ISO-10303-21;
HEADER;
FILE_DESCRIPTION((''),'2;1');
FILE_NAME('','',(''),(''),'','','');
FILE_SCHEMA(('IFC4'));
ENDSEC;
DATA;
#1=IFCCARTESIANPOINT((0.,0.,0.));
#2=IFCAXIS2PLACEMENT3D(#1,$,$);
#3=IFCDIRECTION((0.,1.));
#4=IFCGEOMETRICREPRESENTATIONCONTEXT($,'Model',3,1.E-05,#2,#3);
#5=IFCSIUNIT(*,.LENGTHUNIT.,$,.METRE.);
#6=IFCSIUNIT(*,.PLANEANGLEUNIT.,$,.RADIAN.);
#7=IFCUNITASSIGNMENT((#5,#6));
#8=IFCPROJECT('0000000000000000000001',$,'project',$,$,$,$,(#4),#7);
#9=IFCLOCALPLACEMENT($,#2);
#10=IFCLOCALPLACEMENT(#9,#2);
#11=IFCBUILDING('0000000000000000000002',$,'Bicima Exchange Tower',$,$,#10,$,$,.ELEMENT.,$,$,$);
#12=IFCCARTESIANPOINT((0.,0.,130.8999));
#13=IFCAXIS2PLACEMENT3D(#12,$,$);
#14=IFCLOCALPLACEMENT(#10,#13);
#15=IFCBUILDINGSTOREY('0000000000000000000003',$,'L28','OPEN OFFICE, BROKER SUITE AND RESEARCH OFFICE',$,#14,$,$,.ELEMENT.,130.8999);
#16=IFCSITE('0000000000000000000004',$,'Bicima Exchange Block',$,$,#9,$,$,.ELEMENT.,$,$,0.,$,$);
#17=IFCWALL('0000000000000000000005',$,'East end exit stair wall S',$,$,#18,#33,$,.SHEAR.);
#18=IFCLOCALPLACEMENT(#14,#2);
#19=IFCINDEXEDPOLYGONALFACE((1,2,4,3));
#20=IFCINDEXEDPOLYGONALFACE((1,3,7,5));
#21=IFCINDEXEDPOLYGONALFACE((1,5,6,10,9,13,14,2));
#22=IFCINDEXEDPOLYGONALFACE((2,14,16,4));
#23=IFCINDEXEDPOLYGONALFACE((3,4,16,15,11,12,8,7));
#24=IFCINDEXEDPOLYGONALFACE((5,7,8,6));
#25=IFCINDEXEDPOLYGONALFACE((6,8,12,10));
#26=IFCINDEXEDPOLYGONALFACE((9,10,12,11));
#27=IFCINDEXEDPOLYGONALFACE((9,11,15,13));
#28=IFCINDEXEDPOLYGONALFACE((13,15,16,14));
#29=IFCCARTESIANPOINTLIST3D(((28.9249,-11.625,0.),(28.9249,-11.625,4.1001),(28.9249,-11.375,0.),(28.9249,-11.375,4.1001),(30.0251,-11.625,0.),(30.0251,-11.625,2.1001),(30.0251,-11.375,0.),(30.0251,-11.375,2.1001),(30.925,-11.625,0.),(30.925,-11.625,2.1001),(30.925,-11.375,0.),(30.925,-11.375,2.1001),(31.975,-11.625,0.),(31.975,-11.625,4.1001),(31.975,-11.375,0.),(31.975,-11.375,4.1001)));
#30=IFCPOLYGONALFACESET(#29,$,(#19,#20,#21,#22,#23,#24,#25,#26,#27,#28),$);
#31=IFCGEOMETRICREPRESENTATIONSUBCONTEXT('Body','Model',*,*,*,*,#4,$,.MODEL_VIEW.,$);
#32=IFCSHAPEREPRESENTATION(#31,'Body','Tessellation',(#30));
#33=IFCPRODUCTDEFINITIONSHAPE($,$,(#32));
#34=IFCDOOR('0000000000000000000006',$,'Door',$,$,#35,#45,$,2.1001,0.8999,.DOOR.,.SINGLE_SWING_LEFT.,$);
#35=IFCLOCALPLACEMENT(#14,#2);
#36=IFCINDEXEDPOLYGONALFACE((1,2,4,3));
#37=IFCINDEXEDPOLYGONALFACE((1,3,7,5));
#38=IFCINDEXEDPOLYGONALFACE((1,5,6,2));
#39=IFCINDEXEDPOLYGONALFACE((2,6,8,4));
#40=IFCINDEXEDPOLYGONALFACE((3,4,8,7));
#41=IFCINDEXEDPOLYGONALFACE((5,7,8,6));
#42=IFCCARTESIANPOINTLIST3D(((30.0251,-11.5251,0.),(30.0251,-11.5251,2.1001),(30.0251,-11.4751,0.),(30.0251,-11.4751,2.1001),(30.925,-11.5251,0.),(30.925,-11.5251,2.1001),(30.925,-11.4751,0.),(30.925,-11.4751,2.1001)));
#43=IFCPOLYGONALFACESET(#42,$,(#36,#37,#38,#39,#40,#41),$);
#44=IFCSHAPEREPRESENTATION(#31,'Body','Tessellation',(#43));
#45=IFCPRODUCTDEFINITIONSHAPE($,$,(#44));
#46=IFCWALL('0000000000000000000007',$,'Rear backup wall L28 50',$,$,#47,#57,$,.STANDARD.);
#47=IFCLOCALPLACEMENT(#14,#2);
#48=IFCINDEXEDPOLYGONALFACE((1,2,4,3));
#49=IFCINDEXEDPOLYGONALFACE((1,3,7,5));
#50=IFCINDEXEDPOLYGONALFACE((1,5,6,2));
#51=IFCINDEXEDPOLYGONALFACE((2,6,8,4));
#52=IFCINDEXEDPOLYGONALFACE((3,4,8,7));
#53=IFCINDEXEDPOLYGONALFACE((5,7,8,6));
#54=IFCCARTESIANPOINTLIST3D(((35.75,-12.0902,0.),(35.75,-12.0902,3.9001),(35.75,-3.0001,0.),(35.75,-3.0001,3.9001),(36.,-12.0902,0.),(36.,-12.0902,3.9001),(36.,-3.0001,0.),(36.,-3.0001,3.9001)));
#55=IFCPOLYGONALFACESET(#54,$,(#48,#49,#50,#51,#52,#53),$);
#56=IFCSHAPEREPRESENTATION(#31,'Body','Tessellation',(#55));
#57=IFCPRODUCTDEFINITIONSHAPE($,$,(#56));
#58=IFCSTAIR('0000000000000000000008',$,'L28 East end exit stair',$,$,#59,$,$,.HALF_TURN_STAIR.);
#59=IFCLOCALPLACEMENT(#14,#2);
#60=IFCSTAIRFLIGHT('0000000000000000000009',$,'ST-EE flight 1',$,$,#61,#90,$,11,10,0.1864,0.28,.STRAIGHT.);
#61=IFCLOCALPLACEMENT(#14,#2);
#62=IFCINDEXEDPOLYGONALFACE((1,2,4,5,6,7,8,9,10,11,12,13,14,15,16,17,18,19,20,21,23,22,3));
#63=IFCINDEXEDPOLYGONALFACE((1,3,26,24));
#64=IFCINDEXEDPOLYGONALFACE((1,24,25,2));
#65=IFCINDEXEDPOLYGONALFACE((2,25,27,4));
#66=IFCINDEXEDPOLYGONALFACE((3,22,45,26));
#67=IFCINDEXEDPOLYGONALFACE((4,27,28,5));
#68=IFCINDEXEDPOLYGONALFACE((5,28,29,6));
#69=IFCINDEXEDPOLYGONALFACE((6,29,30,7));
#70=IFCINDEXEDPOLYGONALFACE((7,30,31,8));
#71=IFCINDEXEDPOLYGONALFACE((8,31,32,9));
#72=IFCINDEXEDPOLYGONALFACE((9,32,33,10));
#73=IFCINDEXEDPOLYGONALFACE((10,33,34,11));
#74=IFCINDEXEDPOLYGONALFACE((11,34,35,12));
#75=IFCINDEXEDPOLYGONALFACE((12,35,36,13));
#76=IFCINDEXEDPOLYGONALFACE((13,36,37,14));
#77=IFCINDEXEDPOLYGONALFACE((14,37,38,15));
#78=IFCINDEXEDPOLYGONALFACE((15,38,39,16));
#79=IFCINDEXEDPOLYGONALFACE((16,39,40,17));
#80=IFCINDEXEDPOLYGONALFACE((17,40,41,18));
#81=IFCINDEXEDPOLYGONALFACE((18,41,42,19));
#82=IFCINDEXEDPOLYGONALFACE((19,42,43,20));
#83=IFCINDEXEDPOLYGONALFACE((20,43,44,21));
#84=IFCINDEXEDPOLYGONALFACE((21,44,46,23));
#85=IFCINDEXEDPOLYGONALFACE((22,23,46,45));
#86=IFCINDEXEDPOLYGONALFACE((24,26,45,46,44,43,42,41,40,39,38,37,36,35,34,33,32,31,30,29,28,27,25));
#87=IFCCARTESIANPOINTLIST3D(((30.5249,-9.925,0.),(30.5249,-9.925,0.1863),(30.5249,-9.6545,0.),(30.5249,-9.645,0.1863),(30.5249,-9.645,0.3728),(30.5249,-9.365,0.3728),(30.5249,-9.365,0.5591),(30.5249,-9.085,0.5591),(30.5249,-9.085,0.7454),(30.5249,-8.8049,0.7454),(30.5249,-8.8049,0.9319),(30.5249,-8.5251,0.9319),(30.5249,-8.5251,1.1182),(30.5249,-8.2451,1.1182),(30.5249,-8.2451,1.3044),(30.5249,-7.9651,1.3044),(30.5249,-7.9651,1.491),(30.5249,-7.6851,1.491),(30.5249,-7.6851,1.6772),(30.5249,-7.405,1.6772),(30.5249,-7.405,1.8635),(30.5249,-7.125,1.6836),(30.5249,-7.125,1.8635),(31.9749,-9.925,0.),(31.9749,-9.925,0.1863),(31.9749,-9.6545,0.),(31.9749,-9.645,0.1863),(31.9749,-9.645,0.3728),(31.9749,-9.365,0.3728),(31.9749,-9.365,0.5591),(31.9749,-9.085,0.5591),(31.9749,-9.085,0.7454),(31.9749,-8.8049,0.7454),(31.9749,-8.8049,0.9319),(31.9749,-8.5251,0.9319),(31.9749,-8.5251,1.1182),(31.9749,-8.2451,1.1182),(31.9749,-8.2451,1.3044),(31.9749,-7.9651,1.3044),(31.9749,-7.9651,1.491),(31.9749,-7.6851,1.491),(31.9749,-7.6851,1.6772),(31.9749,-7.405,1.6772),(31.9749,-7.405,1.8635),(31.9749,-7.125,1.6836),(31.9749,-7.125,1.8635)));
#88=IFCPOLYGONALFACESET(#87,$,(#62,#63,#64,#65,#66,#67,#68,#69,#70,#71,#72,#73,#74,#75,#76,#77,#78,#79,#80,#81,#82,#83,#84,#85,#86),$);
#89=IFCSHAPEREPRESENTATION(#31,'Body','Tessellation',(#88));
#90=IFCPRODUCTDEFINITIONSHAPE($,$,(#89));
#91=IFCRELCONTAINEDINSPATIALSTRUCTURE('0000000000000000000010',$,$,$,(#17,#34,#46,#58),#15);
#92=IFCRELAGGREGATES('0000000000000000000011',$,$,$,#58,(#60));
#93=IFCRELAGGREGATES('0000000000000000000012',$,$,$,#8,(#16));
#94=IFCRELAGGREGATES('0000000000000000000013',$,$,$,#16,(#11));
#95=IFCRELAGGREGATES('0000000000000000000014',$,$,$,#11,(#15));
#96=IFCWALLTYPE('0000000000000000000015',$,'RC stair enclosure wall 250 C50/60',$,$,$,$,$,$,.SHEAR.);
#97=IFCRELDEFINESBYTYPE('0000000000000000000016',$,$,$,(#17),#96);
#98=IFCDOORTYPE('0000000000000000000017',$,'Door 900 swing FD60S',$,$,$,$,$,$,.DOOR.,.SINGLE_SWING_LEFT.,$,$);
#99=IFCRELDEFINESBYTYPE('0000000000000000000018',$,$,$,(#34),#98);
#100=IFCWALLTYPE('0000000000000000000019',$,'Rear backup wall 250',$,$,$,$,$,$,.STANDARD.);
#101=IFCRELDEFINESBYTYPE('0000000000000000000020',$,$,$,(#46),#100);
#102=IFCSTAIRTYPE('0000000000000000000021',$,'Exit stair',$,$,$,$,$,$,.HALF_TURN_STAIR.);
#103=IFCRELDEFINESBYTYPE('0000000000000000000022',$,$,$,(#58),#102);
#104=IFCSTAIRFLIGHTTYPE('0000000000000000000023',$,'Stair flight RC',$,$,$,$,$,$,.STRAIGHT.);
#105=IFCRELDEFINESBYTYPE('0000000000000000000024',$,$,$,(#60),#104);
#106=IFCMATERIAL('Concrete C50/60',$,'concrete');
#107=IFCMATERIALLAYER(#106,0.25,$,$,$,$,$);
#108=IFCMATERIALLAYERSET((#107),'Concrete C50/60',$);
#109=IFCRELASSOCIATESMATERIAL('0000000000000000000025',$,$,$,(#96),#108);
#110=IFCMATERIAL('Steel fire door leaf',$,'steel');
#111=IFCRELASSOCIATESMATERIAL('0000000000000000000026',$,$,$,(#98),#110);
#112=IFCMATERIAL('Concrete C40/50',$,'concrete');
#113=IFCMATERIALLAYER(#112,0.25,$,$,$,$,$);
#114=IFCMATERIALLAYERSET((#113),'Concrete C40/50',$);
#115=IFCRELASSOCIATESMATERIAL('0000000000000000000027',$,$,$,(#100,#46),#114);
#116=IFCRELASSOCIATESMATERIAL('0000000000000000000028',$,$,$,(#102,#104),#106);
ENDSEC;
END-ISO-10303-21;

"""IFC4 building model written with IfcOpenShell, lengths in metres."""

from ifc_helpers import new_model, si_unit, direction, frame, frame_2d, origin, place, context, subcontext, project, spatial, polyline, rectangle, outline, extrude, material, layer, layer_set, layer_usage, type_object, element, fill, aggregate, save


model = new_model("IFC4")

# Units and contexts
model_context = context("Model", 3, precision=1e-05, world=origin(), true_north=direction((0.0, 1.0)))
body_context = subcontext(model_context, "Body", "Model", "MODEL_VIEW")
ifc_project = project(units=[si_unit("LENGTHUNIT", "METRE"), si_unit("PLANEANGLEUNIT", "RADIAN")], contexts=[model_context])

# Site, building, storey
site_placement = place(None, origin())
site = spatial("IfcSite", under=ifc_project, at=site_placement, Name="Bicima Exchange Block", CompositionType="ELEMENT", RefElevation=0.0)
building_placement = place(site_placement, origin())
building = spatial("IfcBuilding", under=site, at=building_placement, Name="Bicima Exchange Tower", CompositionType="ELEMENT")
storey_placement = place(building_placement, frame((0.0, 0.0, 130.8999)))
storey = spatial("IfcBuildingStorey", under=building, at=storey_placement, Name="L28", Description="OPEN OFFICE, BROKER SUITE AND RESEARCH OFFICE", CompositionType="ELEMENT", Elevation=130.8999)

# Shared definitions
ifc_material_1 = material(Name="Steel fire door leaf", Category="steel")

# Shared definitions
ifc_material_2 = material(Name="Concrete C50/60", Category="concrete")
ifc_layer_1 = layer(ifc_material_2, 0.25)
ifc_layer_set_1 = layer_set([ifc_layer_1], Name="Concrete C50/60")
wall_type_1 = type_object("IfcWallType", Name="RC stair enclosure wall 250 C50/60", PredefinedType="SHEAR", material=ifc_layer_set_1)

# Wall, opening, door
wall_1_placement = place(storey_placement, frame((28.925, -11.5, 0.0), z_axis=(0.0, 0.0, 1.0), x_axis=(1.0, 0.0, 0.0)))
wall_1 = element("IfcWall", 1, at=wall_1_placement, inside=storey, type_object=wall_type_1, Name="East end exit stair wall S", PredefinedType="SHEAR", context=body_context, shape_type="SweptSolid", body=[
    extrude(rectangle(XDim=3.05, YDim=0.25, at=frame_2d((1.5249, 0.0))), origin(), (0.0, 0.0, 1.0), 4.1001),
])
opening_1_placement = place(wall_1_placement, frame((1.1001, 0.0, 0.0)))
opening_1 = element("IfcOpeningElement", 2, at=opening_1_placement, cuts=wall_1, PredefinedType="OPENING", context=body_context, shape_type="SweptSolid", body=[
    extrude(rectangle(XDim=0.8999, YDim=2.1001, at=frame_2d((0.45, 1.05))), frame((0.0, 0.137, 0.0), z_axis=(0.0, -1.0, 0.0), x_axis=(1.0, 0.0, 0.0)), (0.0, 0.0, 1.0), 0.2739),
])
door_type_1 = type_object("IfcDoorType", Name="Door 900 swing FD60S", OperationType="SINGLE_SWING_LEFT", PredefinedType="DOOR", material=ifc_material_1)
door_1_placement = place(opening_1_placement, origin())
door_1 = element("IfcDoor", 3, at=door_1_placement, inside=storey, type_object=door_type_1, Name="Door", OperationType="SINGLE_SWING_LEFT", OverallHeight=2.1001, OverallWidth=0.8999, PredefinedType="DOOR", context=body_context, shape_type="SweptSolid", body=[
    extrude(rectangle(XDim=0.8999, YDim=2.1001, at=frame_2d((0.45, 1.05))), frame((0.0, 0.0249, 0.0), z_axis=(0.0, -1.0, 0.0), x_axis=(1.0, 0.0, 0.0)), (0.0, 0.0, 1.0), 0.05),
])
fill(opening_1, door_1)

# Wall
ifc_material_3 = material(Name="Concrete C40/50", Category="concrete")
ifc_layer_2 = layer(ifc_material_3, 0.25)
ifc_layer_set_2 = layer_set([ifc_layer_2], Name="Concrete C40/50")
ifc_layer_usage = layer_usage(ifc_layer_set_2, "AXIS2", "POSITIVE", -0.125)
wall_type_2 = type_object("IfcWallType", Name="Rear backup wall 250", PredefinedType="STANDARD", material=ifc_layer_set_2)
wall_2_placement = place(storey_placement, frame((35.875, -12.0901, 0.0), z_axis=(0.0, 0.0, 1.0), x_axis=(0.0, 1.0, 0.0)))
element("IfcWall", 4, at=wall_2_placement, inside=storey, type_object=wall_type_2, material=ifc_layer_usage, Name="Rear backup wall L28 50", PredefinedType="STANDARD", context=body_context, shape_type="SweptSolid", body=[
    extrude(rectangle(XDim=9.0901, YDim=0.25, at=frame_2d((4.5449, 0.0))), origin(), (0.0, 0.0, 1.0), 3.9001),
])

# Stair, stair flight
stair_type = type_object("IfcStairType", Name="Exit stair", PredefinedType="HALF_TURN_STAIR", material=ifc_material_2)
stair_placement = place(storey_placement, origin())
stair = element("IfcStair", 5, at=stair_placement, inside=storey, type_object=stair_type, Name="L28 East end exit stair", PredefinedType="HALF_TURN_STAIR")
stair_flight_type = type_object("IfcStairFlightType", Name="Stair flight RC", PredefinedType="STRAIGHT", material=ifc_material_2)
stair_flight_placement = place(storey_placement, frame((31.25, -9.925, 0.0), z_axis=(0.0, 0.0, 1.0), x_axis=(0.0, 1.0, 0.0)))
stair_flight = element("IfcStairFlight", 6, at=stair_flight_placement, type_object=stair_flight_type, Name="ST-EE flight 1", NumberOfRisers=11, NumberOfTreads=10, PredefinedType="STRAIGHT", RiserHeight=0.1864, TreadLength=0.28, context=body_context, shape_type="SweptSolid", body=[
    extrude(outline(polyline([(0.0, 0.0), (0.0, 0.1863), (0.28, 0.1863), (0.28, 0.3728), (0.5601, 0.3728), (0.5601, 0.5591), (0.8401, 0.5591), (0.8401, 0.7454), (1.1201, 0.7454), (1.1201, 0.9319), (1.3999, 0.9319), (1.3999, 1.1182), (1.6799, 1.1182), (1.6799, 1.3044), (1.96, 1.3044), (1.96, 1.491), (2.24, 1.491), (2.24, 1.6772), (2.52, 1.6772), (2.52, 1.8635), (2.8, 1.8635), (2.8, 2.05), (2.8, 1.6836), (0.2705, 0.0), (0.0, 0.0)])), frame((0.0, 0.7251, 0.0), z_axis=(0.0, -1.0, 0.0), x_axis=(1.0, 0.0, 0.0)), (0.0, 0.0, 1.0), 1.45),
])
aggregate(stair, [stair_flight])

save(model, "model.ifc")
